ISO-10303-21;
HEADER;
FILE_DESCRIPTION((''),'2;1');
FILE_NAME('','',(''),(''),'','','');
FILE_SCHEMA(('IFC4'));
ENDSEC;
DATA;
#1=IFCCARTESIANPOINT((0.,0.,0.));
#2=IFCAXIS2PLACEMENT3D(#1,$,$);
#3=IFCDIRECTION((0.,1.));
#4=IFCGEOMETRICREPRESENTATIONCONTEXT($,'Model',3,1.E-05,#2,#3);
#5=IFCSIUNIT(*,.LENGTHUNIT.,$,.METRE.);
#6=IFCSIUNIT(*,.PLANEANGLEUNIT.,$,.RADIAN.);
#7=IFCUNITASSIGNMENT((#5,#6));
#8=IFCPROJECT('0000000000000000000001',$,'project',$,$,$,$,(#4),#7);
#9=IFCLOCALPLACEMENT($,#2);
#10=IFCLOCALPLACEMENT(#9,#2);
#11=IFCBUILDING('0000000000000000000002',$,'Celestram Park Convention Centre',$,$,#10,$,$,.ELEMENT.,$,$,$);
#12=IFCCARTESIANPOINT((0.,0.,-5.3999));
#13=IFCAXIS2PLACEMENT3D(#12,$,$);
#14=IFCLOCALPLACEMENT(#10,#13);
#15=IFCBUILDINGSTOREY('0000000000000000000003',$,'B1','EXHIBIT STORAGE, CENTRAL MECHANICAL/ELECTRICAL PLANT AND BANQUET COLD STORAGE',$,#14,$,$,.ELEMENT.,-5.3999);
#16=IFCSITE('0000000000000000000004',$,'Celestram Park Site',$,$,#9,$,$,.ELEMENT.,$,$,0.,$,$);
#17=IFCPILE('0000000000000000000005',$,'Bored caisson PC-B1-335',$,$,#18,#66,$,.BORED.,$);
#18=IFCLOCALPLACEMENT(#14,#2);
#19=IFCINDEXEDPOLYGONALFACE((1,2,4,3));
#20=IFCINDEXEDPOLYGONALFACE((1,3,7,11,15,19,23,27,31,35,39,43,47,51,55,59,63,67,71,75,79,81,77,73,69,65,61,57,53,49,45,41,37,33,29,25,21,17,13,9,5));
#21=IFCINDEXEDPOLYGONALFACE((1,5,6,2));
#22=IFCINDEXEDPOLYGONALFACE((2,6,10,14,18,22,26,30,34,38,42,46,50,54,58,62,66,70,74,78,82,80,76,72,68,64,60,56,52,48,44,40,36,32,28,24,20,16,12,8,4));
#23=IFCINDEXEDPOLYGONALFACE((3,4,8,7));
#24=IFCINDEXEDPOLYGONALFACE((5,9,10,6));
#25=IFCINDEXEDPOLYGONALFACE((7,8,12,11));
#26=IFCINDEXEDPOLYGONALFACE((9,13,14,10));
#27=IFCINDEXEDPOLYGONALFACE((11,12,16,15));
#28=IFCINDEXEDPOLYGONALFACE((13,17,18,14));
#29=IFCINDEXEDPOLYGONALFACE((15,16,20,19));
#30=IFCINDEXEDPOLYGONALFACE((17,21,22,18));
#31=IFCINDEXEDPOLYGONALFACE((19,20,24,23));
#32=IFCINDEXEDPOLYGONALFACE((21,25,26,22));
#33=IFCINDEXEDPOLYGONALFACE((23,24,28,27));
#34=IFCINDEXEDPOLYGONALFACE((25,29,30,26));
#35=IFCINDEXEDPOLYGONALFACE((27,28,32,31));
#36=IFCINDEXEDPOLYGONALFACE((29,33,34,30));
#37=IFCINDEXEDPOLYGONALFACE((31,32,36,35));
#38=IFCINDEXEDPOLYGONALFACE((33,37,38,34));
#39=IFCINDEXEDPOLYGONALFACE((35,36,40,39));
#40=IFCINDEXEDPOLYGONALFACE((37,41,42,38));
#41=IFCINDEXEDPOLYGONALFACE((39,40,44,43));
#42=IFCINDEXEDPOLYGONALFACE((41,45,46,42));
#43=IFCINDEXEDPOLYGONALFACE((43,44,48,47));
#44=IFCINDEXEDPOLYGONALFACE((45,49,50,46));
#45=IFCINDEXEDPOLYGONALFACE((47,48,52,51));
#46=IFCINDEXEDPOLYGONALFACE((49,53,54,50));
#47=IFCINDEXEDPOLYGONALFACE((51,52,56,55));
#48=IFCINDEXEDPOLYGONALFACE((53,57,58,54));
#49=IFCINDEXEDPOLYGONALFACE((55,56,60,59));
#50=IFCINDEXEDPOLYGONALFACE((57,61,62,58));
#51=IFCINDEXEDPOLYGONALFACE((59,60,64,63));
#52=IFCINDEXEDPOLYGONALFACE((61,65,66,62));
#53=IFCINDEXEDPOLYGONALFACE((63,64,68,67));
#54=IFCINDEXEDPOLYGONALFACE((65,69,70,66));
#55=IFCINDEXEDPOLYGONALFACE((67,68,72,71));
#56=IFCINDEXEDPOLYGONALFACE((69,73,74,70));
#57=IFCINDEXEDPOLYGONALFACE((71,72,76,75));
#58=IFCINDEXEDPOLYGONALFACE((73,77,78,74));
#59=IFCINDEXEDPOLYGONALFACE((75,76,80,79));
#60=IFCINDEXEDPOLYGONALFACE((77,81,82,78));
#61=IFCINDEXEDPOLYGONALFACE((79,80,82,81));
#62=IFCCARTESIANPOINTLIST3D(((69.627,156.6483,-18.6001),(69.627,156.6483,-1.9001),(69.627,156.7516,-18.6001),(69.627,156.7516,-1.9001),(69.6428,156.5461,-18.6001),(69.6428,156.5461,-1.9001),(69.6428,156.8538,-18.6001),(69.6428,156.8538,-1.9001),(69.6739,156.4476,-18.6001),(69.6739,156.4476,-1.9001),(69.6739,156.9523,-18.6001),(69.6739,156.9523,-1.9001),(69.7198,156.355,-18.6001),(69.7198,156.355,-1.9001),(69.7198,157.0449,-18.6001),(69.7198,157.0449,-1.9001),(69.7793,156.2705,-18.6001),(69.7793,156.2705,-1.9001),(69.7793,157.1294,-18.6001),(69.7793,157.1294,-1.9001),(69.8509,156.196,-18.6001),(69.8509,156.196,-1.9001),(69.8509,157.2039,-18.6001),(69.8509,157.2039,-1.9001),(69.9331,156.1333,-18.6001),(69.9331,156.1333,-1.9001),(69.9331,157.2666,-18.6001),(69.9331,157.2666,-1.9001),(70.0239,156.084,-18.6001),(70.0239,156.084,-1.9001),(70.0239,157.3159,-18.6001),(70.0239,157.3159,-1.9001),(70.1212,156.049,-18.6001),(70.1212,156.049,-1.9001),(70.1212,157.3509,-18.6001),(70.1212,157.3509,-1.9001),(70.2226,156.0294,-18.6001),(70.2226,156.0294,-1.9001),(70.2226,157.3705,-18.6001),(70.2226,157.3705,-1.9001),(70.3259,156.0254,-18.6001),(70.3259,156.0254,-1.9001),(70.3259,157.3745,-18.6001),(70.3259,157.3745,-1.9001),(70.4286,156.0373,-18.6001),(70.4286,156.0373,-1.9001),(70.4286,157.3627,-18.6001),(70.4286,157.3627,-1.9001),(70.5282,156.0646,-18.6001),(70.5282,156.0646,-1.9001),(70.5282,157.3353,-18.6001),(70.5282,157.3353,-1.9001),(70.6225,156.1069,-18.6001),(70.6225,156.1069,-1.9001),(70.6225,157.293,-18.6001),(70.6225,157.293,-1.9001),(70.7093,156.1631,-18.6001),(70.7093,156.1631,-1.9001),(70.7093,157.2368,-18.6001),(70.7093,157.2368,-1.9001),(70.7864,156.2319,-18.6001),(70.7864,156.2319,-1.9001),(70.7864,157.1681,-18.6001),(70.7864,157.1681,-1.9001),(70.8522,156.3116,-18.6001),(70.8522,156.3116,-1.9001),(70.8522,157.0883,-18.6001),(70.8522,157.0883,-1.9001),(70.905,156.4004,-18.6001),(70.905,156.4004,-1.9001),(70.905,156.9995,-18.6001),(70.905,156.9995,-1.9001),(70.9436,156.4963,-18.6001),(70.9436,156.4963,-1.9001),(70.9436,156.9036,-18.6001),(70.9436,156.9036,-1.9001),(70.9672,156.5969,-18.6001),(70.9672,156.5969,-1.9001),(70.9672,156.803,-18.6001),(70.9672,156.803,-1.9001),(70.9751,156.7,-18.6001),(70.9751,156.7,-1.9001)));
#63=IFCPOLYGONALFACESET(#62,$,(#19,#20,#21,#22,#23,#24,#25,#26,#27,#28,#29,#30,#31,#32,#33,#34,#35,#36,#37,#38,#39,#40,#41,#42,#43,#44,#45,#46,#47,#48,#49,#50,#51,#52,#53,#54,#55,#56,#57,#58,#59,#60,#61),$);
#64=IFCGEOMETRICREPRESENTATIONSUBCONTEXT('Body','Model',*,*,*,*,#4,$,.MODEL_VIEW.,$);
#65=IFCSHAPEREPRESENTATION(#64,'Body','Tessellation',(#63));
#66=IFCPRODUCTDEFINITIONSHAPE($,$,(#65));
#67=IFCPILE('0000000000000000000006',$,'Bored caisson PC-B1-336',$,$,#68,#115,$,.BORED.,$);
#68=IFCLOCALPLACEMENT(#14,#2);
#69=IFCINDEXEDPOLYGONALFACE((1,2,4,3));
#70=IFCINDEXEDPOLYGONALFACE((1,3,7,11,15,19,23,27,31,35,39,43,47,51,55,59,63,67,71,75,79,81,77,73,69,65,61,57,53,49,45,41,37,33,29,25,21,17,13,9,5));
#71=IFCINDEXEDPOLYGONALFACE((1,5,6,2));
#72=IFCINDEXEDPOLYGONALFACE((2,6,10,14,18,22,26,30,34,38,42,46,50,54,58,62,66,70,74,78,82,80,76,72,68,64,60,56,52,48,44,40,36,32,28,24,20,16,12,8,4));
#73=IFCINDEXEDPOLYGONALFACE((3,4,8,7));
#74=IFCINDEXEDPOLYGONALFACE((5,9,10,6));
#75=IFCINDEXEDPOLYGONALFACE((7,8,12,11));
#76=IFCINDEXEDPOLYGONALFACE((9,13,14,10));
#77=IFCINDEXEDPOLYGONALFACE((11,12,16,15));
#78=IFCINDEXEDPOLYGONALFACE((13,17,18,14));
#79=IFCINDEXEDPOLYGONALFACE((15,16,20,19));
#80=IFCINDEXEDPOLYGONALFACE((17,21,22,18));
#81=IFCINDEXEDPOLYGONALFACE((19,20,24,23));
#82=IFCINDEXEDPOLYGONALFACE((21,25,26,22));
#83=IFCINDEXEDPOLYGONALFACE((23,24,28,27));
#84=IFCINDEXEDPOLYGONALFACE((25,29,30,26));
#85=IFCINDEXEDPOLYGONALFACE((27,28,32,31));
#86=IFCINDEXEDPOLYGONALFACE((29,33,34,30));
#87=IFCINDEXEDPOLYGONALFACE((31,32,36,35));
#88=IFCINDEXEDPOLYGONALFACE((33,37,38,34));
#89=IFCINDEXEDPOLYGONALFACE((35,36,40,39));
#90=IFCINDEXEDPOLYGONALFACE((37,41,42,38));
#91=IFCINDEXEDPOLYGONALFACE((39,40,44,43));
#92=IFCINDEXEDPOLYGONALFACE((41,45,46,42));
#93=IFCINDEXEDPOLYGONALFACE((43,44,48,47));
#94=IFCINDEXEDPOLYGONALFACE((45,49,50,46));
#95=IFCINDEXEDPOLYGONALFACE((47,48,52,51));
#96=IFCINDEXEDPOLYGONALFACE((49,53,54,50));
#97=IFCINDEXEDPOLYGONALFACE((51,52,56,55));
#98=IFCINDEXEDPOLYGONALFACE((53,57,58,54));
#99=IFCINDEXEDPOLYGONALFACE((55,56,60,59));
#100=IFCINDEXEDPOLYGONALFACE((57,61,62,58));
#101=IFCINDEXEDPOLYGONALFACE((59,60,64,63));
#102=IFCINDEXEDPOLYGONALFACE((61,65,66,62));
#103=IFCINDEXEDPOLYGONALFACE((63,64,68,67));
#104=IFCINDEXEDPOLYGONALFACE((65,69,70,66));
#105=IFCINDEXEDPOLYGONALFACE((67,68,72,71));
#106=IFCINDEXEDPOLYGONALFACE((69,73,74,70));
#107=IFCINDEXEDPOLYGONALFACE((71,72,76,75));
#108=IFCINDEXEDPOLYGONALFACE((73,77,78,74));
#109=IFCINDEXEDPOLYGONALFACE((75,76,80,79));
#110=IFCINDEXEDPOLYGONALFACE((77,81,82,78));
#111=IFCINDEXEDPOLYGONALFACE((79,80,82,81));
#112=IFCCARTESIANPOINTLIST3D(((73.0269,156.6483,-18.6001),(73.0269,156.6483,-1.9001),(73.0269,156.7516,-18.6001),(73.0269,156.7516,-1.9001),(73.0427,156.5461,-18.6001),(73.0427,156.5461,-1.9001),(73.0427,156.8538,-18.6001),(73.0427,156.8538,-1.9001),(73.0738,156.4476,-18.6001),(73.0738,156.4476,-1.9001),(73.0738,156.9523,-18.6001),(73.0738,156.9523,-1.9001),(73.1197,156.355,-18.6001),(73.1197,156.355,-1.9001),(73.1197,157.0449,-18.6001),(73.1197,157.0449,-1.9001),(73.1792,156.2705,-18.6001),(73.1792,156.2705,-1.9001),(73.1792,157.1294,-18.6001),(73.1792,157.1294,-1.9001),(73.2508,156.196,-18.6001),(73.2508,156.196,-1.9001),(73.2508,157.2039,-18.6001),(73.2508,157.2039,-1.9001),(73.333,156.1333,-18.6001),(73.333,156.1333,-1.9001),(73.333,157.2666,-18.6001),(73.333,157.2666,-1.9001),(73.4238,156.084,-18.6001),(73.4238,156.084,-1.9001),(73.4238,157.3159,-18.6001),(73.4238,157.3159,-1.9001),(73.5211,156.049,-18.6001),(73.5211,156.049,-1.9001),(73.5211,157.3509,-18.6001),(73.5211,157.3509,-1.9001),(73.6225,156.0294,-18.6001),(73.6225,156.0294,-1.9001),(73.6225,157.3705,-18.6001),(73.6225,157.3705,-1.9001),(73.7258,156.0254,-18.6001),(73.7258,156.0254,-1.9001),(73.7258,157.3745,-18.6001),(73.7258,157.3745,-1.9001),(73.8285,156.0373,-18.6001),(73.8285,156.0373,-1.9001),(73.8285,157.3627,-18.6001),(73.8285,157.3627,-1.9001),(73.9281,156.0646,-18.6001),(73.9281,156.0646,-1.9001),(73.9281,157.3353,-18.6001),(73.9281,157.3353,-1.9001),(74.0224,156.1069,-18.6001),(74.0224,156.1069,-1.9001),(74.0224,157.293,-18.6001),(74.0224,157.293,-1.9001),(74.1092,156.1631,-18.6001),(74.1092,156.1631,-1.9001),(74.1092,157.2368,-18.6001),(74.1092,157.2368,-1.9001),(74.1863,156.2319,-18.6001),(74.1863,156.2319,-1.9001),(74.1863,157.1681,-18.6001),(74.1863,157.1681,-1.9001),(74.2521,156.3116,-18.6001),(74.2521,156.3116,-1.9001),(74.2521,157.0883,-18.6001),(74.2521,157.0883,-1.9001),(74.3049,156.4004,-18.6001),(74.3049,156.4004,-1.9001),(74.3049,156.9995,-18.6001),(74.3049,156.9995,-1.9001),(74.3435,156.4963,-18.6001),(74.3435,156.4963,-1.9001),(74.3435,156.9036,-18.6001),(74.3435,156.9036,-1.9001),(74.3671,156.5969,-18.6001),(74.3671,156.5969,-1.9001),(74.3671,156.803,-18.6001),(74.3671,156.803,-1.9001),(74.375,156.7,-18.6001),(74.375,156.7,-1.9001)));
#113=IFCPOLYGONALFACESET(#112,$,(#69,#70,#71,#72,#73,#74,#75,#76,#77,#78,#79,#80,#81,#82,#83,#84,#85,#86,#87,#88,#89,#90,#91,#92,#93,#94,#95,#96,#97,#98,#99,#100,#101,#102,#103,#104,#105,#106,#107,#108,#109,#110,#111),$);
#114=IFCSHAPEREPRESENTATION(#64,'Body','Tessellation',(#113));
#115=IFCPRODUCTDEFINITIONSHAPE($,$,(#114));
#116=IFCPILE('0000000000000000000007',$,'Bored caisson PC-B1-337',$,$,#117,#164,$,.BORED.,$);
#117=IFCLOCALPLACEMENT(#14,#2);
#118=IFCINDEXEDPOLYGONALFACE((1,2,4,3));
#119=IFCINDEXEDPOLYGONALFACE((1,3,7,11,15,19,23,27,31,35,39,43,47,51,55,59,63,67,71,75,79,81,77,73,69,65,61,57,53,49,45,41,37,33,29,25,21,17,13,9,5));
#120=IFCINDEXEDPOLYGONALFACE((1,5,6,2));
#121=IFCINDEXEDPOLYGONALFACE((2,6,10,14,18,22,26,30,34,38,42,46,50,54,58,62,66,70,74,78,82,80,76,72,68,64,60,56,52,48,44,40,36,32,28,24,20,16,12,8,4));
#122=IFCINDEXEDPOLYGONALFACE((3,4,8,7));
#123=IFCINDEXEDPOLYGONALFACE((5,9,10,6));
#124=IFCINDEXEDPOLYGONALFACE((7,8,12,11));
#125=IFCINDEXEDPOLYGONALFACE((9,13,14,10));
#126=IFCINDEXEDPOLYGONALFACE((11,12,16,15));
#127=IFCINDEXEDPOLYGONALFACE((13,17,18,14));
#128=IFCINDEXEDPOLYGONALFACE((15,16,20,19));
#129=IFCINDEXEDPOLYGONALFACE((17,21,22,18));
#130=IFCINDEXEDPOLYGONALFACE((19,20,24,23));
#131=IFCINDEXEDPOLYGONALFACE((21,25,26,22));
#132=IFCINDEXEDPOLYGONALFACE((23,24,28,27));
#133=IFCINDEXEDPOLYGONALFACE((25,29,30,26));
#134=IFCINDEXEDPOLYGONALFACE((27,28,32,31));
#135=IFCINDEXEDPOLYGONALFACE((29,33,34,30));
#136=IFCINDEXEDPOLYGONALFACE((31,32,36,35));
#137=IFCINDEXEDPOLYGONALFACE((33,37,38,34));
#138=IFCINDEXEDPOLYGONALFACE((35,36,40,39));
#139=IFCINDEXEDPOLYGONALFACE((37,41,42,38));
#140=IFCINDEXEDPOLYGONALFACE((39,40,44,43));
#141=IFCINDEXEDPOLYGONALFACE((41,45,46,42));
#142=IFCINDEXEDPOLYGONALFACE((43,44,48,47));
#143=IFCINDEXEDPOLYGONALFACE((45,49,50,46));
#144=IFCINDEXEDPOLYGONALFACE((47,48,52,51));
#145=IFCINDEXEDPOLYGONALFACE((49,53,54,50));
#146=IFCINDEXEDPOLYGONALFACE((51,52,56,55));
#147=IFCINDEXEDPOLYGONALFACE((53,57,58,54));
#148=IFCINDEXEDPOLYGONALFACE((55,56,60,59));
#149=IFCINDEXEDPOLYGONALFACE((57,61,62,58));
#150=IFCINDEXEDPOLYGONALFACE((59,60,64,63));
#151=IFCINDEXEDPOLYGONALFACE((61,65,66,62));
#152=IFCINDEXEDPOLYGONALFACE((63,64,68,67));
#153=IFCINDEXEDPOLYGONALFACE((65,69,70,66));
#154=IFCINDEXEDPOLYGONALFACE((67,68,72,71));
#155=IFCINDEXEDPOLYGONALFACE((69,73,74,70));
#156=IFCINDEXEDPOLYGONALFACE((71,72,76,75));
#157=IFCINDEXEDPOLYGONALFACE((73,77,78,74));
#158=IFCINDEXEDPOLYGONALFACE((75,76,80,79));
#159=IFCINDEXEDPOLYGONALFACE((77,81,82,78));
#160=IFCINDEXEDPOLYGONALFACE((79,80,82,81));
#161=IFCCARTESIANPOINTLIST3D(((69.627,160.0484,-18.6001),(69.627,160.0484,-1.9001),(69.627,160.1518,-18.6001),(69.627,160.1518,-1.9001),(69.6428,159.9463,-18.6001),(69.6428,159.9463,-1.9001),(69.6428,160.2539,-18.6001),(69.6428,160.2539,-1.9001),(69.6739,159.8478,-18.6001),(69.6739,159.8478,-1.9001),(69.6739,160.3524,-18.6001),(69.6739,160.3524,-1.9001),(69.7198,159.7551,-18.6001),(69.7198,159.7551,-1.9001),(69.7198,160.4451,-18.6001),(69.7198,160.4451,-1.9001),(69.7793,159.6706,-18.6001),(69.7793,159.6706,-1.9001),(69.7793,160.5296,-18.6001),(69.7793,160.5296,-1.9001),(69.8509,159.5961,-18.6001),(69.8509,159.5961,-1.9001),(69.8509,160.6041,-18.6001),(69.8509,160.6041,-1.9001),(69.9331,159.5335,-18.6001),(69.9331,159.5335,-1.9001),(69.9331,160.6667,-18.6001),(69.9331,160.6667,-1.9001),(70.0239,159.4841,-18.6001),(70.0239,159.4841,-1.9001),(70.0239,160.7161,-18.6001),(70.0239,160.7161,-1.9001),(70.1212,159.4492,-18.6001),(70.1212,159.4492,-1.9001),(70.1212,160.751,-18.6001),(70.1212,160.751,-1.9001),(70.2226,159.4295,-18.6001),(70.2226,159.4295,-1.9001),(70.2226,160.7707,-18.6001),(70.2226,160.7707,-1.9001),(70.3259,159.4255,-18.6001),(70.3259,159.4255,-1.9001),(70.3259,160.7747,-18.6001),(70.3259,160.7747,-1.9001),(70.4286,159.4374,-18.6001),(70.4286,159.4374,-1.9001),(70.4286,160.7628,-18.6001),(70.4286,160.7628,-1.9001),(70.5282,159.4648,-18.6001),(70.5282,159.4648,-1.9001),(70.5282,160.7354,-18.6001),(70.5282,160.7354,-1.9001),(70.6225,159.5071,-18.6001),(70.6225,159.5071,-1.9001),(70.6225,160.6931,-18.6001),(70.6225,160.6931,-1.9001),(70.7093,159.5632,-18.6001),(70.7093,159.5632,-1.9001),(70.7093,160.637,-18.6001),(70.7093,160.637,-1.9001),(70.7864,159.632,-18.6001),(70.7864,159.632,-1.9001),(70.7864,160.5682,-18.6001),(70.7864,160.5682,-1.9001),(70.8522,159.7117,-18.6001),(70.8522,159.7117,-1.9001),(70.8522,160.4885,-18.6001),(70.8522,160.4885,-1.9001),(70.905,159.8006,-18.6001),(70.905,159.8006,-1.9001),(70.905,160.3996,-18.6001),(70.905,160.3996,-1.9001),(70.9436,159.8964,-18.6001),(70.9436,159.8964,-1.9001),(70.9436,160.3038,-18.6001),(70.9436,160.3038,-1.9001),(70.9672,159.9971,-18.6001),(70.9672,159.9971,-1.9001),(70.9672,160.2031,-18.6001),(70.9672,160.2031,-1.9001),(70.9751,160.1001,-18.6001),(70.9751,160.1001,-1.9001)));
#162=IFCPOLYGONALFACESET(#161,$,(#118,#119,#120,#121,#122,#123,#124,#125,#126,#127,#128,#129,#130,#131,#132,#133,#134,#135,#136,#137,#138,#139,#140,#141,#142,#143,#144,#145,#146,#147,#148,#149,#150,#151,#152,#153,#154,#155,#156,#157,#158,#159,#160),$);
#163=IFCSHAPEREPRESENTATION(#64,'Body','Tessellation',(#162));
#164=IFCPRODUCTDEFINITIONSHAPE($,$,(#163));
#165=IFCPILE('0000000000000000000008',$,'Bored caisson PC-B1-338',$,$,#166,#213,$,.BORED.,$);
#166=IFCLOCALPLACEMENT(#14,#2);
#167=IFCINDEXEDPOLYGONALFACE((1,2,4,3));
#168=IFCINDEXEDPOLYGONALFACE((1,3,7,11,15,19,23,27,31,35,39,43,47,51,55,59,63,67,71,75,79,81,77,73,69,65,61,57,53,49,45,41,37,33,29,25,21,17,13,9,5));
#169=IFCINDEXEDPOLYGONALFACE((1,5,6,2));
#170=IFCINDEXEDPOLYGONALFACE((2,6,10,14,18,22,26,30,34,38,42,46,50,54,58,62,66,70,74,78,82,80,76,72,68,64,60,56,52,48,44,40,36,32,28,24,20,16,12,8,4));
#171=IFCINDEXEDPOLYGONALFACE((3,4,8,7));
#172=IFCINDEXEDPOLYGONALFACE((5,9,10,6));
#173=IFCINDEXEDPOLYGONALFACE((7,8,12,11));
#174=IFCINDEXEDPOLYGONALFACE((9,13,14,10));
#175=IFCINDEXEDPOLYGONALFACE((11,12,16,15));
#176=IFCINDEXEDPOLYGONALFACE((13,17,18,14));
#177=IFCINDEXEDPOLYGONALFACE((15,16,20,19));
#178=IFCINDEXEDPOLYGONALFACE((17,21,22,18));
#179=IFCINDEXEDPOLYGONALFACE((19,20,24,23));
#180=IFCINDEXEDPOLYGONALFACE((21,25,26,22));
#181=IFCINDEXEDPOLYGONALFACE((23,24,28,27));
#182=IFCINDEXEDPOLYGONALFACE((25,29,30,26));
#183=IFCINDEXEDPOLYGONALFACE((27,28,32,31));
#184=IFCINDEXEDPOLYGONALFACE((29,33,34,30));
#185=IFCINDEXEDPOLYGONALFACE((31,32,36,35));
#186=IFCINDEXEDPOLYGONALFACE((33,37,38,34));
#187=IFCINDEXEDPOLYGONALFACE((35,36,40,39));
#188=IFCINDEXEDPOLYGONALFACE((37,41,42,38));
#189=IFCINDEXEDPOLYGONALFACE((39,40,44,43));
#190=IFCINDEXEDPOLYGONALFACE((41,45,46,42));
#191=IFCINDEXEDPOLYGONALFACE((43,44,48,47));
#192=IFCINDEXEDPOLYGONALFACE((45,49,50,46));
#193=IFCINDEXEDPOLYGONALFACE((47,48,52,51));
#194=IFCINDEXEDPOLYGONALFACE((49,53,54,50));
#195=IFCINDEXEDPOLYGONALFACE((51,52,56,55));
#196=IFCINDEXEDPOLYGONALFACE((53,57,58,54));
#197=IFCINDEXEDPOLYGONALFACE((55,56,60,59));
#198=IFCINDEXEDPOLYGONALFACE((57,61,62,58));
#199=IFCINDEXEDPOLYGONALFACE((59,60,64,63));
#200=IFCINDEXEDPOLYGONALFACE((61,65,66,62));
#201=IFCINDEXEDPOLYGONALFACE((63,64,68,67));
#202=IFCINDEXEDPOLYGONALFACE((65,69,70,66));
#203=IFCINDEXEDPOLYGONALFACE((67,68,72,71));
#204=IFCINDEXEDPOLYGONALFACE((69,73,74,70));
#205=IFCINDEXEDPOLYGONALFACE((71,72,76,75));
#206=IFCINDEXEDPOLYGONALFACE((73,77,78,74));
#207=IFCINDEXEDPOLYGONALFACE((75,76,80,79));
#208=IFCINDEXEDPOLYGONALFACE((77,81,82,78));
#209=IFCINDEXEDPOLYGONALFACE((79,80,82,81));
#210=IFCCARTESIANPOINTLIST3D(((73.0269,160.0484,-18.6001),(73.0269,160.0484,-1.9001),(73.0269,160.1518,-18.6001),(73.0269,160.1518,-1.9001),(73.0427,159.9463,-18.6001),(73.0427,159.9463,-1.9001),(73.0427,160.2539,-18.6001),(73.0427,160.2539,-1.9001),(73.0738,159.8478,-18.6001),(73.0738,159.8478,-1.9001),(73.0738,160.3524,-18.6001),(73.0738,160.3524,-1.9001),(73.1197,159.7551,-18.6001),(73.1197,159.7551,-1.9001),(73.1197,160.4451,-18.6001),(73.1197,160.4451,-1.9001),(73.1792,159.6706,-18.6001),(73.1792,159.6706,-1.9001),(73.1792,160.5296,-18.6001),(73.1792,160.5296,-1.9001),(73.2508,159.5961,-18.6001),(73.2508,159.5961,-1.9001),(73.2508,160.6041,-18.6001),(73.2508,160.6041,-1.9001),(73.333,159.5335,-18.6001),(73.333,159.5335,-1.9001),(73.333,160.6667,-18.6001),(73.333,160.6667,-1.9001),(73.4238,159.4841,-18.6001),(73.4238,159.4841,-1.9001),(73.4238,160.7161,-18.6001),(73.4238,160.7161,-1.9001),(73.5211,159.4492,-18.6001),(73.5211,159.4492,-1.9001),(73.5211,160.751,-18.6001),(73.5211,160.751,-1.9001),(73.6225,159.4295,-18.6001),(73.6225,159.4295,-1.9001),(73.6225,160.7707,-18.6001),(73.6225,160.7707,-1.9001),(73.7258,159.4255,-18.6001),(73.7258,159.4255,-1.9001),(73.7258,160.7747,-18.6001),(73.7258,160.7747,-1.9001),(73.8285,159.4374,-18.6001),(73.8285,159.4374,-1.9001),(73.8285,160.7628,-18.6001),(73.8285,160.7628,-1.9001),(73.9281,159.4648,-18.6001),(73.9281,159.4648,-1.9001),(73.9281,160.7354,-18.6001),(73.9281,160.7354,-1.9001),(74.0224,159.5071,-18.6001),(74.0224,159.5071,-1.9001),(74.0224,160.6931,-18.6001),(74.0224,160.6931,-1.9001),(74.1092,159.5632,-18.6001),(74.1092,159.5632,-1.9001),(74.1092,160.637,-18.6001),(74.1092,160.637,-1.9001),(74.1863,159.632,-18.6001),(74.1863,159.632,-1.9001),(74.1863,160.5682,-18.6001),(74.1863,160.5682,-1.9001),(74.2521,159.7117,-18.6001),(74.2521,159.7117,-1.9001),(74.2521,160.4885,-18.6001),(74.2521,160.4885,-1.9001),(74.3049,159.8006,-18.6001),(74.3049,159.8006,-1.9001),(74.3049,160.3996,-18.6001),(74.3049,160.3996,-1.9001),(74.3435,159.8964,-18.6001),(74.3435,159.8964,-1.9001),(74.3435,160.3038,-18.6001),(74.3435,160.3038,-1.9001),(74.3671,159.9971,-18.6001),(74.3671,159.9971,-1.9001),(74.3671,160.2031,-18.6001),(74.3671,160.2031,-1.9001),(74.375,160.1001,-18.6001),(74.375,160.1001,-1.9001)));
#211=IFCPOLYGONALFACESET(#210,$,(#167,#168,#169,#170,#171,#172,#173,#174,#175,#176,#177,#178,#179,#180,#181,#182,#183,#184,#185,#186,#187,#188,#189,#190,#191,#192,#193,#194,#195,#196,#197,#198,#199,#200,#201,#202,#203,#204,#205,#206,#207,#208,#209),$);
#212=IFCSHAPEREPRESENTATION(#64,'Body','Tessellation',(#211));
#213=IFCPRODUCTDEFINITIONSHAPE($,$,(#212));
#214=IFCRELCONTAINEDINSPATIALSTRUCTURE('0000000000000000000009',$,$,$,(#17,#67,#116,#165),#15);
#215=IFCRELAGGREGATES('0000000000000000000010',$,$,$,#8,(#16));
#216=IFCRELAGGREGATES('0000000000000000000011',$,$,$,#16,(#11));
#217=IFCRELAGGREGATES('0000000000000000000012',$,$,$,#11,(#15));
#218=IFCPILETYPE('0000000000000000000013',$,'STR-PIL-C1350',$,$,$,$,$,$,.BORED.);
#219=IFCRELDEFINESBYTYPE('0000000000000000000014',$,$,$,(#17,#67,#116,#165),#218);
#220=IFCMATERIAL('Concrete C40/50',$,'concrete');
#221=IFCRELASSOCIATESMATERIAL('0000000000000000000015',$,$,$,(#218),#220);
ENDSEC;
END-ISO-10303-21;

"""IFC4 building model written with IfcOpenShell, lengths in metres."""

from ifc_helpers import new_model, si_unit, direction, frame, origin, origin_2d, place, context, subcontext, project, spatial, circle, extrude, material, material_profile, profile_set, type_object, element, save


model = new_model("IFC4")

# Units and contexts
model_context = context("Model", 3, precision=1e-05, world=origin(), true_north=direction((0.0, 1.0)))
body_context = subcontext(model_context, "Body", "Model", "MODEL_VIEW")
ifc_project = project(units=[si_unit("LENGTHUNIT", "METRE"), si_unit("PLANEANGLEUNIT", "RADIAN")], contexts=[model_context])

# Site, building, storey
site_placement = place(None, origin())
site = spatial("IfcSite", under=ifc_project, at=site_placement, Name="Celestram Park Site", CompositionType="ELEMENT", RefElevation=0.0)
building_placement = place(site_placement, origin())
building = spatial("IfcBuilding", under=site, at=building_placement, Name="Celestram Park Convention Centre", CompositionType="ELEMENT")
storey_placement = place(building_placement, frame((0.0, 0.0, -5.3999)))
storey = spatial("IfcBuildingStorey", under=building, at=storey_placement, Name="B1", Description="EXHIBIT STORAGE, CENTRAL MECHANICAL/ELECTRICAL PLANT AND BANQUET COLD STORAGE", CompositionType="ELEMENT", Elevation=-5.3999)

# Shared definitions
ifc_material_1 = material(Name="Concrete C40/50", Category="concrete")

# Piles
ifc_material_profile_1 = material_profile(ifc_material_1, circle(Radius=0.675, at=origin_2d()), Name="CAISSON1350")
ifc_profile_set_1 = profile_set([ifc_material_profile_1], Name="Concrete C40/50")
pile_type = type_object("IfcPileType", Name="STR-PIL-C1350", PredefinedType="BORED", material=ifc_profile_set_1)
for number, where, z_axis, x_axis, name in (
    (1, (70.3, 156.7, -1.9001), (0.0, 0.0, -1.0), (1.0, 0.0, 0.0), "Bored caisson PC-B1-335"),
    (2, (73.7, 156.7, -1.9001), (0.0, 0.0, -1.0), (1.0, 0.0, 0.0), "Bored caisson PC-B1-336"),
    (3, (70.3, 160.1001, -1.9001), (0.0, 0.0, -1.0), (1.0, 0.0, 0.0), "Bored caisson PC-B1-337"),
    (4, (73.7, 160.1001, -1.9001), (0.0, 0.0, -1.0), (1.0, 0.0, 0.0), "Bored caisson PC-B1-338"),
):
    element("IfcPile", number, at=place(storey_placement, frame(where, z_axis=z_axis, x_axis=x_axis)), inside=storey, type_object=pile_type, Name=name, PredefinedType="BORED", context=body_context, shape_type="SweptSolid", body=[
        extrude(circle(Radius=0.675, at=origin_2d()), origin(), (0.0, 0.0, 1.0), 16.7),
    ])

save(model, "model.ifc")
